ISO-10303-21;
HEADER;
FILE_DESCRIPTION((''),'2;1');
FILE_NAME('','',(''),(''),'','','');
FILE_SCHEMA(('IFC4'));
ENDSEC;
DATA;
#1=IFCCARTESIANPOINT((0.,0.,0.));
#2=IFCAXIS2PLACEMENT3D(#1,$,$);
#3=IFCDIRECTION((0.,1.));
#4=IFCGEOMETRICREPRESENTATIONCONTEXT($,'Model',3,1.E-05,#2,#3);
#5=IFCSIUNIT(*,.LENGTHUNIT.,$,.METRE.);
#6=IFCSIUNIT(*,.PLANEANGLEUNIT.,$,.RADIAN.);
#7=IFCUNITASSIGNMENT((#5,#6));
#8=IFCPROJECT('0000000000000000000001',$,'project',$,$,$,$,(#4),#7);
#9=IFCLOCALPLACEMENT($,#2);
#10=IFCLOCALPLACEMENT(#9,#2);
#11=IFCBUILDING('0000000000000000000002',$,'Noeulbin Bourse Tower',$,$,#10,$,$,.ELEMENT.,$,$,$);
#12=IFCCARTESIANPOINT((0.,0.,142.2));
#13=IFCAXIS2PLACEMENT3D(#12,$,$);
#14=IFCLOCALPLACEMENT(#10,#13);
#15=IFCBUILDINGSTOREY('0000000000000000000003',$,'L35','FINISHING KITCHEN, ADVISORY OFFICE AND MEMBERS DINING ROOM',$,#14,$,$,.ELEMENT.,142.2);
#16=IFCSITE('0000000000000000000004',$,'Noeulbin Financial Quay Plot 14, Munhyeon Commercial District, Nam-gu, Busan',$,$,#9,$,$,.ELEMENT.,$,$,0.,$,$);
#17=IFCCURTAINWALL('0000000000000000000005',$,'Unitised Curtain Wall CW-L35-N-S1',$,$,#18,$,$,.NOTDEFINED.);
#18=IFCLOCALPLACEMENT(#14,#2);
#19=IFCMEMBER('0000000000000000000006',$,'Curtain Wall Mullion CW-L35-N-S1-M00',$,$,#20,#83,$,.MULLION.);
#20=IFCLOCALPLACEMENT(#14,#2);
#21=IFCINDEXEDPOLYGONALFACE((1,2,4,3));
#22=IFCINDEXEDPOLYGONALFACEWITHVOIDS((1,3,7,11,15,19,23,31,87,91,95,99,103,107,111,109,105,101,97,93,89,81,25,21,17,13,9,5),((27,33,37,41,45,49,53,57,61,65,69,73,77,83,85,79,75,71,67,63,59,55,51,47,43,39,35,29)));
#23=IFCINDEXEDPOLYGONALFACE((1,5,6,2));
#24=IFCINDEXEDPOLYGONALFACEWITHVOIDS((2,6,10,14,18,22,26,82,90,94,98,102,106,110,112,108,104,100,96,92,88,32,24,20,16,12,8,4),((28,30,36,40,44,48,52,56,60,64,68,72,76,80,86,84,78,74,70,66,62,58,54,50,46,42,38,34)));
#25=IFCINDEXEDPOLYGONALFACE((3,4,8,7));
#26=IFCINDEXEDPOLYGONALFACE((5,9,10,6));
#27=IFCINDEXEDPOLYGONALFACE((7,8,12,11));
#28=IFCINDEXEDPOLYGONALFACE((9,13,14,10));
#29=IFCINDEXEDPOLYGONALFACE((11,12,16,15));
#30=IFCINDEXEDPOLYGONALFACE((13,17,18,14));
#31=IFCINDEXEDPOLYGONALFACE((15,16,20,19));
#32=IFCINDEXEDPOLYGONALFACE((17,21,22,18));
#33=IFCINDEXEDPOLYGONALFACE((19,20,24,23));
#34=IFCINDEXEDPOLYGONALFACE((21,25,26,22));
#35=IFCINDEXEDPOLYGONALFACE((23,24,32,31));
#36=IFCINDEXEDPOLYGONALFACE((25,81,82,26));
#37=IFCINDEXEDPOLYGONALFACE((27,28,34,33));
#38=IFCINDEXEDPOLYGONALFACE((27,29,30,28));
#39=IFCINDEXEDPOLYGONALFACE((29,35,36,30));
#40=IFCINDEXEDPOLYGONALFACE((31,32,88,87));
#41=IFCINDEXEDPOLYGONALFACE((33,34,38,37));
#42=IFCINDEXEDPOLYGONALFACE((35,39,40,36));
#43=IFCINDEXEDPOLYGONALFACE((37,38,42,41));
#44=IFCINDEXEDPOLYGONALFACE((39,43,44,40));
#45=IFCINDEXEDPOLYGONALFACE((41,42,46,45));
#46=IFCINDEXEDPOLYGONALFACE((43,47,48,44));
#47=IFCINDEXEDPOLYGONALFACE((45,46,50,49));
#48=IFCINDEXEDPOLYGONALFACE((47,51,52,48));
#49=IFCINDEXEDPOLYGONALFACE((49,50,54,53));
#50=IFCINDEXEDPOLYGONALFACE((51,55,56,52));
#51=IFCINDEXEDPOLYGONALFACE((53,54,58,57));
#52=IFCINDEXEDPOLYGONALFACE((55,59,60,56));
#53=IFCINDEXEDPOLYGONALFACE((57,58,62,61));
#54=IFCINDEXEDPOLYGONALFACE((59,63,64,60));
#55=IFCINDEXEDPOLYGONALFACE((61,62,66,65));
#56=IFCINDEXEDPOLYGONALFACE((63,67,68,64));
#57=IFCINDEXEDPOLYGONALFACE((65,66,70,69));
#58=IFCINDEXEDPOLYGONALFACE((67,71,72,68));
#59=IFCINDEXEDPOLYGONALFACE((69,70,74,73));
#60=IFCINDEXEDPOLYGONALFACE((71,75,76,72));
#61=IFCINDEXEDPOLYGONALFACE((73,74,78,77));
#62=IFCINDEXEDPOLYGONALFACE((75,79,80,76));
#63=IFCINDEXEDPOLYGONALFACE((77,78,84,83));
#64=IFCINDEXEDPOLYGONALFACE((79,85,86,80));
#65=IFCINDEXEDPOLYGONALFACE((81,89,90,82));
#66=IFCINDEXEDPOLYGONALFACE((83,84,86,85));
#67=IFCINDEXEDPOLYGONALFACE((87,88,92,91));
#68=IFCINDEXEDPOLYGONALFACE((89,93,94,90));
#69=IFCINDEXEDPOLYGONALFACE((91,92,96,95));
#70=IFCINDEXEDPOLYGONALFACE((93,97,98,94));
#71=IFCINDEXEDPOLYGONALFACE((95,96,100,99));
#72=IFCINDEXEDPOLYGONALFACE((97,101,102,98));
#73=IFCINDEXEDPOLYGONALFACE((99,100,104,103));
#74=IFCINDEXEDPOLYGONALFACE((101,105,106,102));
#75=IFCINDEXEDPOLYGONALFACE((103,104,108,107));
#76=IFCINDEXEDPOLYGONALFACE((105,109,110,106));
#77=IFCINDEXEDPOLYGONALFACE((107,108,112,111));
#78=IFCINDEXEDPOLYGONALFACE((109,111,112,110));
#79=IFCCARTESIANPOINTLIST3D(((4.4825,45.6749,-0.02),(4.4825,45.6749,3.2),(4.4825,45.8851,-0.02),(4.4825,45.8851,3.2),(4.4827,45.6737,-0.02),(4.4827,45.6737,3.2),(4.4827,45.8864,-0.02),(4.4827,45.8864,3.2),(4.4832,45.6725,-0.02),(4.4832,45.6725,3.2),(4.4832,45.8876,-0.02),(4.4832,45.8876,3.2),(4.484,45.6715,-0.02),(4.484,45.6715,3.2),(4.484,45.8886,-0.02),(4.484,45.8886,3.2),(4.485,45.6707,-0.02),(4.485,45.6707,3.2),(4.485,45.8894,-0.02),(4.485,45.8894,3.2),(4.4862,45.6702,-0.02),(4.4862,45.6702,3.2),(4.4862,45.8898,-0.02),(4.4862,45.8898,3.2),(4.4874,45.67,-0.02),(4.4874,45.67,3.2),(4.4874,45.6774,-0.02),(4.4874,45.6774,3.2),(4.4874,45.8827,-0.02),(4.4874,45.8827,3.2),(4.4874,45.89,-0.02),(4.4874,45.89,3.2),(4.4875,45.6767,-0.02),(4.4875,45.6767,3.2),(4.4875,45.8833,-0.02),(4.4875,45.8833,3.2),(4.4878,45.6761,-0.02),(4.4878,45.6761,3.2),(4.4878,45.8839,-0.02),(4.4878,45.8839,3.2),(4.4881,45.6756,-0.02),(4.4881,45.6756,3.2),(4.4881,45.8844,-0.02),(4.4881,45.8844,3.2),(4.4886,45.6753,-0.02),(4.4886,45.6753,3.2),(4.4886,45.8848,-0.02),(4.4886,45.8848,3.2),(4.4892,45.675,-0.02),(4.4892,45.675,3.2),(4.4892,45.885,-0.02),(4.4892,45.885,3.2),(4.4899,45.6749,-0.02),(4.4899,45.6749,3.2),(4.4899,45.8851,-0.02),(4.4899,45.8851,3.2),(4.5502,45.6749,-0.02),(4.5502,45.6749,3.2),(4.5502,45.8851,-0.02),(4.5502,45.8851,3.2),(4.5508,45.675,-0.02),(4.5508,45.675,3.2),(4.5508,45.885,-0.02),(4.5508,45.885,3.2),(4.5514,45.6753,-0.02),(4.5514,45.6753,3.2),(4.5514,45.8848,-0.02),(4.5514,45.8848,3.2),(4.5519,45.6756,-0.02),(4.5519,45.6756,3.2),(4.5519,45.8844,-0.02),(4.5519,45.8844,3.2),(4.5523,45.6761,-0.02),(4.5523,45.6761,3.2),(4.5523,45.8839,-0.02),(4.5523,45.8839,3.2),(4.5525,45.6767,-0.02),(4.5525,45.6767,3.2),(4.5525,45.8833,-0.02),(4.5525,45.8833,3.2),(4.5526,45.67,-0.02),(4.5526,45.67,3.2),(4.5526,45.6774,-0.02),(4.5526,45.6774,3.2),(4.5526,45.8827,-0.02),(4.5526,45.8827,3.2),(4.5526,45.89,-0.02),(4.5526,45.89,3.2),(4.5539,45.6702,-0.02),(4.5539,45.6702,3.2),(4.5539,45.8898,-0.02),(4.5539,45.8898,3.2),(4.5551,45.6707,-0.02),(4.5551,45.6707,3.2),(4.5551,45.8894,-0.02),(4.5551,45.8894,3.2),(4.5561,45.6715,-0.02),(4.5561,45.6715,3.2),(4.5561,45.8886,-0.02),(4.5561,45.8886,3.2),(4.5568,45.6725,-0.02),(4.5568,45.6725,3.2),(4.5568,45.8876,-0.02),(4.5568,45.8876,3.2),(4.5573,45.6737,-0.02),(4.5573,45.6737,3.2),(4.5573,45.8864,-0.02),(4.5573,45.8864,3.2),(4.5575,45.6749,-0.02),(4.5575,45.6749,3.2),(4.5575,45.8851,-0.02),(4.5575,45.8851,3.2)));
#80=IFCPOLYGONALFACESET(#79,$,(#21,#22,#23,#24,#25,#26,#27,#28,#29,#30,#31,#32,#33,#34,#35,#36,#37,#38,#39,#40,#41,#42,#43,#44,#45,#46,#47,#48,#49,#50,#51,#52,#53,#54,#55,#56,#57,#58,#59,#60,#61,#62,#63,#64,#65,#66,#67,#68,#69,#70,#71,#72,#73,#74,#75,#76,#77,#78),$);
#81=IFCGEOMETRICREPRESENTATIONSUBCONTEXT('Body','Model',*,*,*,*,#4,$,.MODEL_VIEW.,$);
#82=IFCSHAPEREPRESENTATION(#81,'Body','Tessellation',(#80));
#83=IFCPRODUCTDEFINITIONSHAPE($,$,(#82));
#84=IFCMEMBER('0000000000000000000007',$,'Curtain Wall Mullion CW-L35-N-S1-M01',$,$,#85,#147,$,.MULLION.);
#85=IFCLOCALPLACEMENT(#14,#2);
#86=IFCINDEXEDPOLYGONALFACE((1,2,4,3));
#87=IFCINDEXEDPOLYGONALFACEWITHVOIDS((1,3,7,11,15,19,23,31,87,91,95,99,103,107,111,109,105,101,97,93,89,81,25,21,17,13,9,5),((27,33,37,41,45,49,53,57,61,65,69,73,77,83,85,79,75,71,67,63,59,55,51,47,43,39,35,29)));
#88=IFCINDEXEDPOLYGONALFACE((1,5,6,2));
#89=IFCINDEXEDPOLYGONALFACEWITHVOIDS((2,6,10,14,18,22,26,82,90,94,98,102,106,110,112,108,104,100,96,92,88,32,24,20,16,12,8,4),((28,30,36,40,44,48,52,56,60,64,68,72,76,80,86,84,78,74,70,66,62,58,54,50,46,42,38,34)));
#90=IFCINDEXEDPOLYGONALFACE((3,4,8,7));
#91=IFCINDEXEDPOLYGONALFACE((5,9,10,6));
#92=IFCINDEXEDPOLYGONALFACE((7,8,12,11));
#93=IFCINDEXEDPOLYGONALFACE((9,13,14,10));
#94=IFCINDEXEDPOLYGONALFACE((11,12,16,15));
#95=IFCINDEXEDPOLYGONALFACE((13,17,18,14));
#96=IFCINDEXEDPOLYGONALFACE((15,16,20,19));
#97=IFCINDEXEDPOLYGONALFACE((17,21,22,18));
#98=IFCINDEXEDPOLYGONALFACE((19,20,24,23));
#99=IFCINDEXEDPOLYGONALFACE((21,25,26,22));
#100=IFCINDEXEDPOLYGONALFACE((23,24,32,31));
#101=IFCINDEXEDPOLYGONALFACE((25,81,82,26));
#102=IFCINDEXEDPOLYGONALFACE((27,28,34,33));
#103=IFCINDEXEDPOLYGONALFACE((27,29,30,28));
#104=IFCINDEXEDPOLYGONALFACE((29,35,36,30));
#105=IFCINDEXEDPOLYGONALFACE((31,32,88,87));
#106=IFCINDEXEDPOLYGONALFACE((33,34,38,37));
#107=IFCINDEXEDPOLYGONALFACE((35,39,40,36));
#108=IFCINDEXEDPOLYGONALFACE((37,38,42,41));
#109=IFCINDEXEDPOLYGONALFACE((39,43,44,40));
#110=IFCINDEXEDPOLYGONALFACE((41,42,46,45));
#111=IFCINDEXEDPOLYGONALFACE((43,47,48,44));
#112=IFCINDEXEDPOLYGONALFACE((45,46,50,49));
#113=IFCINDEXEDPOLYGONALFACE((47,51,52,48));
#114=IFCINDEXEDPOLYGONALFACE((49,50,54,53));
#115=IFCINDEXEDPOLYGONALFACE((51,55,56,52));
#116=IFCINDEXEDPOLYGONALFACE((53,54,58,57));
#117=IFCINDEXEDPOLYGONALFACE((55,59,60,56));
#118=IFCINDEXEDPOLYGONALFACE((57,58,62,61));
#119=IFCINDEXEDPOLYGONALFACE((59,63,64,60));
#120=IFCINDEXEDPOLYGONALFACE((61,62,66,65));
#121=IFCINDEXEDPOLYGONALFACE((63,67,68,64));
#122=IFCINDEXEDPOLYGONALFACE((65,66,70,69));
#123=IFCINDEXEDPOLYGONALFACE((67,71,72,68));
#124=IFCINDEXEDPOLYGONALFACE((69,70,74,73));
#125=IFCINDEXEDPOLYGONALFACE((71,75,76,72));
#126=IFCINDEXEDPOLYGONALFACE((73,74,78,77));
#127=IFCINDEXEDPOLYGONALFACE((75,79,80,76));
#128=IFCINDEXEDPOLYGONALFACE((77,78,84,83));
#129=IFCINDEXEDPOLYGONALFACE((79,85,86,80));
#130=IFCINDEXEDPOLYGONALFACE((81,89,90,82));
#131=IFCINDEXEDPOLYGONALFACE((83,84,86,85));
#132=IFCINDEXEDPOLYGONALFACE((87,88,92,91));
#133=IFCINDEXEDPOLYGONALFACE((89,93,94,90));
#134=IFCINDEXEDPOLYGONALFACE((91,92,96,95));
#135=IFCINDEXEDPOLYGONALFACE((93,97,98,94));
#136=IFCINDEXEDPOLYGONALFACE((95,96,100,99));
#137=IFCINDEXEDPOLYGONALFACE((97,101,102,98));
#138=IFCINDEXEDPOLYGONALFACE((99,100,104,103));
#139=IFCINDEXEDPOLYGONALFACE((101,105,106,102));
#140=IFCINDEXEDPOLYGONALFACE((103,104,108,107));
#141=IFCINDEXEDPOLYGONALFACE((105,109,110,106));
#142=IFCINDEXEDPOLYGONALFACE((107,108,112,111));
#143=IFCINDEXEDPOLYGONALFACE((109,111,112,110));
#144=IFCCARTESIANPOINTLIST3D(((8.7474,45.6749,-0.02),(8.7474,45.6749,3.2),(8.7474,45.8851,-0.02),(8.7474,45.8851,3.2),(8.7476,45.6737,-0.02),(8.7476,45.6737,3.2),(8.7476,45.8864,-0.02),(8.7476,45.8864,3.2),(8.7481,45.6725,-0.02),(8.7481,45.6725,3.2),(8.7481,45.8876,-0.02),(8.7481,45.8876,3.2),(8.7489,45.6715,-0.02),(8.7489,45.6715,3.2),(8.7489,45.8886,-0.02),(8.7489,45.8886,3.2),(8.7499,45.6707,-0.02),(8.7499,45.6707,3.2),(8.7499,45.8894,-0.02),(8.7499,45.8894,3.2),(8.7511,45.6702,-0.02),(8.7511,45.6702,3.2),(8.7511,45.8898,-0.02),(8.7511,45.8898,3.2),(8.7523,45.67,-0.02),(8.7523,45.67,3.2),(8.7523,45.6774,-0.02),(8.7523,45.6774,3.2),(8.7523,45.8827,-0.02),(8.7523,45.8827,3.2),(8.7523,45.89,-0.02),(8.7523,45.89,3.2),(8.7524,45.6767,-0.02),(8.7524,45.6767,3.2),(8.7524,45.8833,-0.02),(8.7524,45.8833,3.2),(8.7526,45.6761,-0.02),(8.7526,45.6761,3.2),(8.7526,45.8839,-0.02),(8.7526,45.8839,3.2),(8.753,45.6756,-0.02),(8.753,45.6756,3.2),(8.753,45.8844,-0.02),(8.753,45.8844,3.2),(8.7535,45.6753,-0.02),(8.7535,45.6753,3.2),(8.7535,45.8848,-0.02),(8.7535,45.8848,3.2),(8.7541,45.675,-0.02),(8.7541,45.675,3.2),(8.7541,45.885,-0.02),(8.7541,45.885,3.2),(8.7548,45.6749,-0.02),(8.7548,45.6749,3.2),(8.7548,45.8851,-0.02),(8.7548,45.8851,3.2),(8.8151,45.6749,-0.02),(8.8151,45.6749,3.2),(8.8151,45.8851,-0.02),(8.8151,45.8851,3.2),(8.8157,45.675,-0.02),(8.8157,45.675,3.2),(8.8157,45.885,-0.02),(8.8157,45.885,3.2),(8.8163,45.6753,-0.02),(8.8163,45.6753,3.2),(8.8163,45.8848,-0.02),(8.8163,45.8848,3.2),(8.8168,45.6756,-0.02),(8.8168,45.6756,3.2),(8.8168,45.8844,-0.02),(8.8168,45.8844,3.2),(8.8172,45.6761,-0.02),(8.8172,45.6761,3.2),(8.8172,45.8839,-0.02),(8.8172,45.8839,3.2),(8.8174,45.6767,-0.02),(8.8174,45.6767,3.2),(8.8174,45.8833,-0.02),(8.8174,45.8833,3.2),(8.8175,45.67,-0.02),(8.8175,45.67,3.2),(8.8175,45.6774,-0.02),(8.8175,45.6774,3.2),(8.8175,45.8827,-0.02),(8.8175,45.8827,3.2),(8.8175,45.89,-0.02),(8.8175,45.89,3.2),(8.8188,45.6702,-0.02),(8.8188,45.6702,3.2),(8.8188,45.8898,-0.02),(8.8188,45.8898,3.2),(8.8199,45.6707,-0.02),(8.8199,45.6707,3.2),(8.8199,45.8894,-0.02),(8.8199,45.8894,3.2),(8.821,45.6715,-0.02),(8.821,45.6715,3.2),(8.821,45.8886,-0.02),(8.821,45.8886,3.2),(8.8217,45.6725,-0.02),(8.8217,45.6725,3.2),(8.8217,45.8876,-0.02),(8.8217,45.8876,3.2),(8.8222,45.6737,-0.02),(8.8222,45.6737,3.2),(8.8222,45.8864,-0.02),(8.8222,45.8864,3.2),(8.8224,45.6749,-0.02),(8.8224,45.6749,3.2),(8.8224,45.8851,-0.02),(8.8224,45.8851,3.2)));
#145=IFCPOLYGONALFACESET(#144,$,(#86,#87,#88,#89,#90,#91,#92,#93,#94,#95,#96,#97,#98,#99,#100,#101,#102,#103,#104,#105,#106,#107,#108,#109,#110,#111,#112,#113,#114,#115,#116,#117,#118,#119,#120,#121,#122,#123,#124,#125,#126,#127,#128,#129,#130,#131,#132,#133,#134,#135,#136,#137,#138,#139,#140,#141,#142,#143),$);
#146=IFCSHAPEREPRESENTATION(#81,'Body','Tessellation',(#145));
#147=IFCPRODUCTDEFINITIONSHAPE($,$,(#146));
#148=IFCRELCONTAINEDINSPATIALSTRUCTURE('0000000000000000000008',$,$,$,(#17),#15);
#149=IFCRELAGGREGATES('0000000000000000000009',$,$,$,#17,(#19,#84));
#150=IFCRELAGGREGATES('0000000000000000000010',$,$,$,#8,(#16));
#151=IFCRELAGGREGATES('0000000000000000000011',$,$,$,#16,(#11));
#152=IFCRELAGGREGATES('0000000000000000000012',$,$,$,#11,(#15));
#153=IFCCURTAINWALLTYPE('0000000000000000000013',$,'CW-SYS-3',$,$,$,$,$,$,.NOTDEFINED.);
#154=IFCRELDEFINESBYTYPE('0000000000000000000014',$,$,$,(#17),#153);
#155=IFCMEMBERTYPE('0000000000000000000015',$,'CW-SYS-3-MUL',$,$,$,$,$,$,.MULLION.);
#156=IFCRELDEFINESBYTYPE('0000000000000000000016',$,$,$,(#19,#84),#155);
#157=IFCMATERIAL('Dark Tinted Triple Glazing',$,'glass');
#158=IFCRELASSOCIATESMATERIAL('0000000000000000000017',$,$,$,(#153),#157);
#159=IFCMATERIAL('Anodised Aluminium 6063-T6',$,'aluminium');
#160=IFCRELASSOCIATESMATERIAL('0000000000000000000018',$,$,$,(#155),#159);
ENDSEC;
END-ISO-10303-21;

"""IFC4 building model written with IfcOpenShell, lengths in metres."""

from ifc_helpers import new_model, si_unit, direction, frame, origin, origin_2d, place, context, subcontext, project, spatial, hollow_rectangle, extrude, material, material_profile, profile_set, type_object, element, aggregate, save


model = new_model("IFC4")

# Units and contexts
model_context = context("Model", 3, precision=1e-05, world=origin(), true_north=direction((0.0, 1.0)))
body_context = subcontext(model_context, "Body", "Model", "MODEL_VIEW")
ifc_project = project(units=[si_unit("LENGTHUNIT", "METRE"), si_unit("PLANEANGLEUNIT", "RADIAN")], contexts=[model_context])

# Site, building, storey
site_placement = place(None, origin())
site = spatial("IfcSite", under=ifc_project, at=site_placement, Name="Noeulbin Financial Quay Plot 14, Munhyeon Commercial District, Nam-gu, Busan", CompositionType="ELEMENT", RefElevation=0.0)
building_placement = place(site_placement, origin())
building = spatial("IfcBuilding", under=site, at=building_placement, Name="Noeulbin Bourse Tower", CompositionType="ELEMENT")
storey_placement = place(building_placement, frame((0.0, 0.0, 142.2)))
storey = spatial("IfcBuildingStorey", under=building, at=storey_placement, Name="L35", Description="FINISHING KITCHEN, ADVISORY OFFICE AND MEMBERS DINING ROOM", CompositionType="ELEMENT", Elevation=142.2)

# Curtain wall, members
ifc_material_1 = material(Name="Dark Tinted Triple Glazing", Category="glass")
curtain_wall_type = type_object("IfcCurtainWallType", Name="CW-SYS-3", PredefinedType="NOTDEFINED", material=ifc_material_1)
curtain_wall_1_placement = place(storey_placement, origin())
curtain_wall_1 = element("IfcCurtainWall", 1, at=curtain_wall_1_placement, inside=storey, type_object=curtain_wall_type, Name="Unitised Curtain Wall CW-L35-N-S1", PredefinedType="NOTDEFINED")
ifc_material_2 = material(Name="Anodised Aluminium 6063-T6", Category="aluminium")
ifc_material_profile_1 = material_profile(ifc_material_2, hollow_rectangle(XDim=0.075, YDim=0.22, WallThickness=0.0049, InnerFilletRadius=0.0024, OuterFilletRadius=0.0049, at=origin_2d()), Name="ALU-MULL-75x220x5", Category="LoadBearing")
ifc_profile_set_1 = profile_set([ifc_material_profile_1], Name="Anodised Aluminium 6063-T6")
member_type_1 = type_object("IfcMemberType", Name="CW-SYS-3-MUL", PredefinedType="MULLION", material=ifc_profile_set_1)
member_1_placement = place(storey_placement, frame((4.52, 45.78, -0.02), z_axis=(0.0, 0.0, 1.0), x_axis=(1.0, 0.0, 0.0)))
member_1 = element("IfcMember", 2, at=member_1_placement, type_object=member_type_1, Name="Curtain Wall Mullion CW-L35-N-S1-M00", PredefinedType="MULLION", context=body_context, shape_type="SweptSolid", body=[
    extrude(hollow_rectangle(XDim=0.075, YDim=0.22, WallThickness=0.0049, InnerFilletRadius=0.0024, OuterFilletRadius=0.0049, at=origin_2d()), origin(), (0.0, 0.0, 1.0), 3.22),
])
member_2_placement = place(storey_placement, frame((8.7849, 45.78, -0.02), z_axis=(0.0, 0.0, 1.0), x_axis=(1.0, 0.0, 0.0)))
member_2 = element("IfcMember", 3, at=member_2_placement, type_object=member_type_1, Name="Curtain Wall Mullion CW-L35-N-S1-M01", PredefinedType="MULLION", context=body_context, shape_type="SweptSolid", body=[
    extrude(hollow_rectangle(XDim=0.075, YDim=0.22, WallThickness=0.0049, InnerFilletRadius=0.0024, OuterFilletRadius=0.0049, at=origin_2d()), origin(), (0.0, 0.0, 1.0), 3.22),
])

aggregate(curtain_wall_1, [member_1, member_2])

save(model, "model.ifc")
